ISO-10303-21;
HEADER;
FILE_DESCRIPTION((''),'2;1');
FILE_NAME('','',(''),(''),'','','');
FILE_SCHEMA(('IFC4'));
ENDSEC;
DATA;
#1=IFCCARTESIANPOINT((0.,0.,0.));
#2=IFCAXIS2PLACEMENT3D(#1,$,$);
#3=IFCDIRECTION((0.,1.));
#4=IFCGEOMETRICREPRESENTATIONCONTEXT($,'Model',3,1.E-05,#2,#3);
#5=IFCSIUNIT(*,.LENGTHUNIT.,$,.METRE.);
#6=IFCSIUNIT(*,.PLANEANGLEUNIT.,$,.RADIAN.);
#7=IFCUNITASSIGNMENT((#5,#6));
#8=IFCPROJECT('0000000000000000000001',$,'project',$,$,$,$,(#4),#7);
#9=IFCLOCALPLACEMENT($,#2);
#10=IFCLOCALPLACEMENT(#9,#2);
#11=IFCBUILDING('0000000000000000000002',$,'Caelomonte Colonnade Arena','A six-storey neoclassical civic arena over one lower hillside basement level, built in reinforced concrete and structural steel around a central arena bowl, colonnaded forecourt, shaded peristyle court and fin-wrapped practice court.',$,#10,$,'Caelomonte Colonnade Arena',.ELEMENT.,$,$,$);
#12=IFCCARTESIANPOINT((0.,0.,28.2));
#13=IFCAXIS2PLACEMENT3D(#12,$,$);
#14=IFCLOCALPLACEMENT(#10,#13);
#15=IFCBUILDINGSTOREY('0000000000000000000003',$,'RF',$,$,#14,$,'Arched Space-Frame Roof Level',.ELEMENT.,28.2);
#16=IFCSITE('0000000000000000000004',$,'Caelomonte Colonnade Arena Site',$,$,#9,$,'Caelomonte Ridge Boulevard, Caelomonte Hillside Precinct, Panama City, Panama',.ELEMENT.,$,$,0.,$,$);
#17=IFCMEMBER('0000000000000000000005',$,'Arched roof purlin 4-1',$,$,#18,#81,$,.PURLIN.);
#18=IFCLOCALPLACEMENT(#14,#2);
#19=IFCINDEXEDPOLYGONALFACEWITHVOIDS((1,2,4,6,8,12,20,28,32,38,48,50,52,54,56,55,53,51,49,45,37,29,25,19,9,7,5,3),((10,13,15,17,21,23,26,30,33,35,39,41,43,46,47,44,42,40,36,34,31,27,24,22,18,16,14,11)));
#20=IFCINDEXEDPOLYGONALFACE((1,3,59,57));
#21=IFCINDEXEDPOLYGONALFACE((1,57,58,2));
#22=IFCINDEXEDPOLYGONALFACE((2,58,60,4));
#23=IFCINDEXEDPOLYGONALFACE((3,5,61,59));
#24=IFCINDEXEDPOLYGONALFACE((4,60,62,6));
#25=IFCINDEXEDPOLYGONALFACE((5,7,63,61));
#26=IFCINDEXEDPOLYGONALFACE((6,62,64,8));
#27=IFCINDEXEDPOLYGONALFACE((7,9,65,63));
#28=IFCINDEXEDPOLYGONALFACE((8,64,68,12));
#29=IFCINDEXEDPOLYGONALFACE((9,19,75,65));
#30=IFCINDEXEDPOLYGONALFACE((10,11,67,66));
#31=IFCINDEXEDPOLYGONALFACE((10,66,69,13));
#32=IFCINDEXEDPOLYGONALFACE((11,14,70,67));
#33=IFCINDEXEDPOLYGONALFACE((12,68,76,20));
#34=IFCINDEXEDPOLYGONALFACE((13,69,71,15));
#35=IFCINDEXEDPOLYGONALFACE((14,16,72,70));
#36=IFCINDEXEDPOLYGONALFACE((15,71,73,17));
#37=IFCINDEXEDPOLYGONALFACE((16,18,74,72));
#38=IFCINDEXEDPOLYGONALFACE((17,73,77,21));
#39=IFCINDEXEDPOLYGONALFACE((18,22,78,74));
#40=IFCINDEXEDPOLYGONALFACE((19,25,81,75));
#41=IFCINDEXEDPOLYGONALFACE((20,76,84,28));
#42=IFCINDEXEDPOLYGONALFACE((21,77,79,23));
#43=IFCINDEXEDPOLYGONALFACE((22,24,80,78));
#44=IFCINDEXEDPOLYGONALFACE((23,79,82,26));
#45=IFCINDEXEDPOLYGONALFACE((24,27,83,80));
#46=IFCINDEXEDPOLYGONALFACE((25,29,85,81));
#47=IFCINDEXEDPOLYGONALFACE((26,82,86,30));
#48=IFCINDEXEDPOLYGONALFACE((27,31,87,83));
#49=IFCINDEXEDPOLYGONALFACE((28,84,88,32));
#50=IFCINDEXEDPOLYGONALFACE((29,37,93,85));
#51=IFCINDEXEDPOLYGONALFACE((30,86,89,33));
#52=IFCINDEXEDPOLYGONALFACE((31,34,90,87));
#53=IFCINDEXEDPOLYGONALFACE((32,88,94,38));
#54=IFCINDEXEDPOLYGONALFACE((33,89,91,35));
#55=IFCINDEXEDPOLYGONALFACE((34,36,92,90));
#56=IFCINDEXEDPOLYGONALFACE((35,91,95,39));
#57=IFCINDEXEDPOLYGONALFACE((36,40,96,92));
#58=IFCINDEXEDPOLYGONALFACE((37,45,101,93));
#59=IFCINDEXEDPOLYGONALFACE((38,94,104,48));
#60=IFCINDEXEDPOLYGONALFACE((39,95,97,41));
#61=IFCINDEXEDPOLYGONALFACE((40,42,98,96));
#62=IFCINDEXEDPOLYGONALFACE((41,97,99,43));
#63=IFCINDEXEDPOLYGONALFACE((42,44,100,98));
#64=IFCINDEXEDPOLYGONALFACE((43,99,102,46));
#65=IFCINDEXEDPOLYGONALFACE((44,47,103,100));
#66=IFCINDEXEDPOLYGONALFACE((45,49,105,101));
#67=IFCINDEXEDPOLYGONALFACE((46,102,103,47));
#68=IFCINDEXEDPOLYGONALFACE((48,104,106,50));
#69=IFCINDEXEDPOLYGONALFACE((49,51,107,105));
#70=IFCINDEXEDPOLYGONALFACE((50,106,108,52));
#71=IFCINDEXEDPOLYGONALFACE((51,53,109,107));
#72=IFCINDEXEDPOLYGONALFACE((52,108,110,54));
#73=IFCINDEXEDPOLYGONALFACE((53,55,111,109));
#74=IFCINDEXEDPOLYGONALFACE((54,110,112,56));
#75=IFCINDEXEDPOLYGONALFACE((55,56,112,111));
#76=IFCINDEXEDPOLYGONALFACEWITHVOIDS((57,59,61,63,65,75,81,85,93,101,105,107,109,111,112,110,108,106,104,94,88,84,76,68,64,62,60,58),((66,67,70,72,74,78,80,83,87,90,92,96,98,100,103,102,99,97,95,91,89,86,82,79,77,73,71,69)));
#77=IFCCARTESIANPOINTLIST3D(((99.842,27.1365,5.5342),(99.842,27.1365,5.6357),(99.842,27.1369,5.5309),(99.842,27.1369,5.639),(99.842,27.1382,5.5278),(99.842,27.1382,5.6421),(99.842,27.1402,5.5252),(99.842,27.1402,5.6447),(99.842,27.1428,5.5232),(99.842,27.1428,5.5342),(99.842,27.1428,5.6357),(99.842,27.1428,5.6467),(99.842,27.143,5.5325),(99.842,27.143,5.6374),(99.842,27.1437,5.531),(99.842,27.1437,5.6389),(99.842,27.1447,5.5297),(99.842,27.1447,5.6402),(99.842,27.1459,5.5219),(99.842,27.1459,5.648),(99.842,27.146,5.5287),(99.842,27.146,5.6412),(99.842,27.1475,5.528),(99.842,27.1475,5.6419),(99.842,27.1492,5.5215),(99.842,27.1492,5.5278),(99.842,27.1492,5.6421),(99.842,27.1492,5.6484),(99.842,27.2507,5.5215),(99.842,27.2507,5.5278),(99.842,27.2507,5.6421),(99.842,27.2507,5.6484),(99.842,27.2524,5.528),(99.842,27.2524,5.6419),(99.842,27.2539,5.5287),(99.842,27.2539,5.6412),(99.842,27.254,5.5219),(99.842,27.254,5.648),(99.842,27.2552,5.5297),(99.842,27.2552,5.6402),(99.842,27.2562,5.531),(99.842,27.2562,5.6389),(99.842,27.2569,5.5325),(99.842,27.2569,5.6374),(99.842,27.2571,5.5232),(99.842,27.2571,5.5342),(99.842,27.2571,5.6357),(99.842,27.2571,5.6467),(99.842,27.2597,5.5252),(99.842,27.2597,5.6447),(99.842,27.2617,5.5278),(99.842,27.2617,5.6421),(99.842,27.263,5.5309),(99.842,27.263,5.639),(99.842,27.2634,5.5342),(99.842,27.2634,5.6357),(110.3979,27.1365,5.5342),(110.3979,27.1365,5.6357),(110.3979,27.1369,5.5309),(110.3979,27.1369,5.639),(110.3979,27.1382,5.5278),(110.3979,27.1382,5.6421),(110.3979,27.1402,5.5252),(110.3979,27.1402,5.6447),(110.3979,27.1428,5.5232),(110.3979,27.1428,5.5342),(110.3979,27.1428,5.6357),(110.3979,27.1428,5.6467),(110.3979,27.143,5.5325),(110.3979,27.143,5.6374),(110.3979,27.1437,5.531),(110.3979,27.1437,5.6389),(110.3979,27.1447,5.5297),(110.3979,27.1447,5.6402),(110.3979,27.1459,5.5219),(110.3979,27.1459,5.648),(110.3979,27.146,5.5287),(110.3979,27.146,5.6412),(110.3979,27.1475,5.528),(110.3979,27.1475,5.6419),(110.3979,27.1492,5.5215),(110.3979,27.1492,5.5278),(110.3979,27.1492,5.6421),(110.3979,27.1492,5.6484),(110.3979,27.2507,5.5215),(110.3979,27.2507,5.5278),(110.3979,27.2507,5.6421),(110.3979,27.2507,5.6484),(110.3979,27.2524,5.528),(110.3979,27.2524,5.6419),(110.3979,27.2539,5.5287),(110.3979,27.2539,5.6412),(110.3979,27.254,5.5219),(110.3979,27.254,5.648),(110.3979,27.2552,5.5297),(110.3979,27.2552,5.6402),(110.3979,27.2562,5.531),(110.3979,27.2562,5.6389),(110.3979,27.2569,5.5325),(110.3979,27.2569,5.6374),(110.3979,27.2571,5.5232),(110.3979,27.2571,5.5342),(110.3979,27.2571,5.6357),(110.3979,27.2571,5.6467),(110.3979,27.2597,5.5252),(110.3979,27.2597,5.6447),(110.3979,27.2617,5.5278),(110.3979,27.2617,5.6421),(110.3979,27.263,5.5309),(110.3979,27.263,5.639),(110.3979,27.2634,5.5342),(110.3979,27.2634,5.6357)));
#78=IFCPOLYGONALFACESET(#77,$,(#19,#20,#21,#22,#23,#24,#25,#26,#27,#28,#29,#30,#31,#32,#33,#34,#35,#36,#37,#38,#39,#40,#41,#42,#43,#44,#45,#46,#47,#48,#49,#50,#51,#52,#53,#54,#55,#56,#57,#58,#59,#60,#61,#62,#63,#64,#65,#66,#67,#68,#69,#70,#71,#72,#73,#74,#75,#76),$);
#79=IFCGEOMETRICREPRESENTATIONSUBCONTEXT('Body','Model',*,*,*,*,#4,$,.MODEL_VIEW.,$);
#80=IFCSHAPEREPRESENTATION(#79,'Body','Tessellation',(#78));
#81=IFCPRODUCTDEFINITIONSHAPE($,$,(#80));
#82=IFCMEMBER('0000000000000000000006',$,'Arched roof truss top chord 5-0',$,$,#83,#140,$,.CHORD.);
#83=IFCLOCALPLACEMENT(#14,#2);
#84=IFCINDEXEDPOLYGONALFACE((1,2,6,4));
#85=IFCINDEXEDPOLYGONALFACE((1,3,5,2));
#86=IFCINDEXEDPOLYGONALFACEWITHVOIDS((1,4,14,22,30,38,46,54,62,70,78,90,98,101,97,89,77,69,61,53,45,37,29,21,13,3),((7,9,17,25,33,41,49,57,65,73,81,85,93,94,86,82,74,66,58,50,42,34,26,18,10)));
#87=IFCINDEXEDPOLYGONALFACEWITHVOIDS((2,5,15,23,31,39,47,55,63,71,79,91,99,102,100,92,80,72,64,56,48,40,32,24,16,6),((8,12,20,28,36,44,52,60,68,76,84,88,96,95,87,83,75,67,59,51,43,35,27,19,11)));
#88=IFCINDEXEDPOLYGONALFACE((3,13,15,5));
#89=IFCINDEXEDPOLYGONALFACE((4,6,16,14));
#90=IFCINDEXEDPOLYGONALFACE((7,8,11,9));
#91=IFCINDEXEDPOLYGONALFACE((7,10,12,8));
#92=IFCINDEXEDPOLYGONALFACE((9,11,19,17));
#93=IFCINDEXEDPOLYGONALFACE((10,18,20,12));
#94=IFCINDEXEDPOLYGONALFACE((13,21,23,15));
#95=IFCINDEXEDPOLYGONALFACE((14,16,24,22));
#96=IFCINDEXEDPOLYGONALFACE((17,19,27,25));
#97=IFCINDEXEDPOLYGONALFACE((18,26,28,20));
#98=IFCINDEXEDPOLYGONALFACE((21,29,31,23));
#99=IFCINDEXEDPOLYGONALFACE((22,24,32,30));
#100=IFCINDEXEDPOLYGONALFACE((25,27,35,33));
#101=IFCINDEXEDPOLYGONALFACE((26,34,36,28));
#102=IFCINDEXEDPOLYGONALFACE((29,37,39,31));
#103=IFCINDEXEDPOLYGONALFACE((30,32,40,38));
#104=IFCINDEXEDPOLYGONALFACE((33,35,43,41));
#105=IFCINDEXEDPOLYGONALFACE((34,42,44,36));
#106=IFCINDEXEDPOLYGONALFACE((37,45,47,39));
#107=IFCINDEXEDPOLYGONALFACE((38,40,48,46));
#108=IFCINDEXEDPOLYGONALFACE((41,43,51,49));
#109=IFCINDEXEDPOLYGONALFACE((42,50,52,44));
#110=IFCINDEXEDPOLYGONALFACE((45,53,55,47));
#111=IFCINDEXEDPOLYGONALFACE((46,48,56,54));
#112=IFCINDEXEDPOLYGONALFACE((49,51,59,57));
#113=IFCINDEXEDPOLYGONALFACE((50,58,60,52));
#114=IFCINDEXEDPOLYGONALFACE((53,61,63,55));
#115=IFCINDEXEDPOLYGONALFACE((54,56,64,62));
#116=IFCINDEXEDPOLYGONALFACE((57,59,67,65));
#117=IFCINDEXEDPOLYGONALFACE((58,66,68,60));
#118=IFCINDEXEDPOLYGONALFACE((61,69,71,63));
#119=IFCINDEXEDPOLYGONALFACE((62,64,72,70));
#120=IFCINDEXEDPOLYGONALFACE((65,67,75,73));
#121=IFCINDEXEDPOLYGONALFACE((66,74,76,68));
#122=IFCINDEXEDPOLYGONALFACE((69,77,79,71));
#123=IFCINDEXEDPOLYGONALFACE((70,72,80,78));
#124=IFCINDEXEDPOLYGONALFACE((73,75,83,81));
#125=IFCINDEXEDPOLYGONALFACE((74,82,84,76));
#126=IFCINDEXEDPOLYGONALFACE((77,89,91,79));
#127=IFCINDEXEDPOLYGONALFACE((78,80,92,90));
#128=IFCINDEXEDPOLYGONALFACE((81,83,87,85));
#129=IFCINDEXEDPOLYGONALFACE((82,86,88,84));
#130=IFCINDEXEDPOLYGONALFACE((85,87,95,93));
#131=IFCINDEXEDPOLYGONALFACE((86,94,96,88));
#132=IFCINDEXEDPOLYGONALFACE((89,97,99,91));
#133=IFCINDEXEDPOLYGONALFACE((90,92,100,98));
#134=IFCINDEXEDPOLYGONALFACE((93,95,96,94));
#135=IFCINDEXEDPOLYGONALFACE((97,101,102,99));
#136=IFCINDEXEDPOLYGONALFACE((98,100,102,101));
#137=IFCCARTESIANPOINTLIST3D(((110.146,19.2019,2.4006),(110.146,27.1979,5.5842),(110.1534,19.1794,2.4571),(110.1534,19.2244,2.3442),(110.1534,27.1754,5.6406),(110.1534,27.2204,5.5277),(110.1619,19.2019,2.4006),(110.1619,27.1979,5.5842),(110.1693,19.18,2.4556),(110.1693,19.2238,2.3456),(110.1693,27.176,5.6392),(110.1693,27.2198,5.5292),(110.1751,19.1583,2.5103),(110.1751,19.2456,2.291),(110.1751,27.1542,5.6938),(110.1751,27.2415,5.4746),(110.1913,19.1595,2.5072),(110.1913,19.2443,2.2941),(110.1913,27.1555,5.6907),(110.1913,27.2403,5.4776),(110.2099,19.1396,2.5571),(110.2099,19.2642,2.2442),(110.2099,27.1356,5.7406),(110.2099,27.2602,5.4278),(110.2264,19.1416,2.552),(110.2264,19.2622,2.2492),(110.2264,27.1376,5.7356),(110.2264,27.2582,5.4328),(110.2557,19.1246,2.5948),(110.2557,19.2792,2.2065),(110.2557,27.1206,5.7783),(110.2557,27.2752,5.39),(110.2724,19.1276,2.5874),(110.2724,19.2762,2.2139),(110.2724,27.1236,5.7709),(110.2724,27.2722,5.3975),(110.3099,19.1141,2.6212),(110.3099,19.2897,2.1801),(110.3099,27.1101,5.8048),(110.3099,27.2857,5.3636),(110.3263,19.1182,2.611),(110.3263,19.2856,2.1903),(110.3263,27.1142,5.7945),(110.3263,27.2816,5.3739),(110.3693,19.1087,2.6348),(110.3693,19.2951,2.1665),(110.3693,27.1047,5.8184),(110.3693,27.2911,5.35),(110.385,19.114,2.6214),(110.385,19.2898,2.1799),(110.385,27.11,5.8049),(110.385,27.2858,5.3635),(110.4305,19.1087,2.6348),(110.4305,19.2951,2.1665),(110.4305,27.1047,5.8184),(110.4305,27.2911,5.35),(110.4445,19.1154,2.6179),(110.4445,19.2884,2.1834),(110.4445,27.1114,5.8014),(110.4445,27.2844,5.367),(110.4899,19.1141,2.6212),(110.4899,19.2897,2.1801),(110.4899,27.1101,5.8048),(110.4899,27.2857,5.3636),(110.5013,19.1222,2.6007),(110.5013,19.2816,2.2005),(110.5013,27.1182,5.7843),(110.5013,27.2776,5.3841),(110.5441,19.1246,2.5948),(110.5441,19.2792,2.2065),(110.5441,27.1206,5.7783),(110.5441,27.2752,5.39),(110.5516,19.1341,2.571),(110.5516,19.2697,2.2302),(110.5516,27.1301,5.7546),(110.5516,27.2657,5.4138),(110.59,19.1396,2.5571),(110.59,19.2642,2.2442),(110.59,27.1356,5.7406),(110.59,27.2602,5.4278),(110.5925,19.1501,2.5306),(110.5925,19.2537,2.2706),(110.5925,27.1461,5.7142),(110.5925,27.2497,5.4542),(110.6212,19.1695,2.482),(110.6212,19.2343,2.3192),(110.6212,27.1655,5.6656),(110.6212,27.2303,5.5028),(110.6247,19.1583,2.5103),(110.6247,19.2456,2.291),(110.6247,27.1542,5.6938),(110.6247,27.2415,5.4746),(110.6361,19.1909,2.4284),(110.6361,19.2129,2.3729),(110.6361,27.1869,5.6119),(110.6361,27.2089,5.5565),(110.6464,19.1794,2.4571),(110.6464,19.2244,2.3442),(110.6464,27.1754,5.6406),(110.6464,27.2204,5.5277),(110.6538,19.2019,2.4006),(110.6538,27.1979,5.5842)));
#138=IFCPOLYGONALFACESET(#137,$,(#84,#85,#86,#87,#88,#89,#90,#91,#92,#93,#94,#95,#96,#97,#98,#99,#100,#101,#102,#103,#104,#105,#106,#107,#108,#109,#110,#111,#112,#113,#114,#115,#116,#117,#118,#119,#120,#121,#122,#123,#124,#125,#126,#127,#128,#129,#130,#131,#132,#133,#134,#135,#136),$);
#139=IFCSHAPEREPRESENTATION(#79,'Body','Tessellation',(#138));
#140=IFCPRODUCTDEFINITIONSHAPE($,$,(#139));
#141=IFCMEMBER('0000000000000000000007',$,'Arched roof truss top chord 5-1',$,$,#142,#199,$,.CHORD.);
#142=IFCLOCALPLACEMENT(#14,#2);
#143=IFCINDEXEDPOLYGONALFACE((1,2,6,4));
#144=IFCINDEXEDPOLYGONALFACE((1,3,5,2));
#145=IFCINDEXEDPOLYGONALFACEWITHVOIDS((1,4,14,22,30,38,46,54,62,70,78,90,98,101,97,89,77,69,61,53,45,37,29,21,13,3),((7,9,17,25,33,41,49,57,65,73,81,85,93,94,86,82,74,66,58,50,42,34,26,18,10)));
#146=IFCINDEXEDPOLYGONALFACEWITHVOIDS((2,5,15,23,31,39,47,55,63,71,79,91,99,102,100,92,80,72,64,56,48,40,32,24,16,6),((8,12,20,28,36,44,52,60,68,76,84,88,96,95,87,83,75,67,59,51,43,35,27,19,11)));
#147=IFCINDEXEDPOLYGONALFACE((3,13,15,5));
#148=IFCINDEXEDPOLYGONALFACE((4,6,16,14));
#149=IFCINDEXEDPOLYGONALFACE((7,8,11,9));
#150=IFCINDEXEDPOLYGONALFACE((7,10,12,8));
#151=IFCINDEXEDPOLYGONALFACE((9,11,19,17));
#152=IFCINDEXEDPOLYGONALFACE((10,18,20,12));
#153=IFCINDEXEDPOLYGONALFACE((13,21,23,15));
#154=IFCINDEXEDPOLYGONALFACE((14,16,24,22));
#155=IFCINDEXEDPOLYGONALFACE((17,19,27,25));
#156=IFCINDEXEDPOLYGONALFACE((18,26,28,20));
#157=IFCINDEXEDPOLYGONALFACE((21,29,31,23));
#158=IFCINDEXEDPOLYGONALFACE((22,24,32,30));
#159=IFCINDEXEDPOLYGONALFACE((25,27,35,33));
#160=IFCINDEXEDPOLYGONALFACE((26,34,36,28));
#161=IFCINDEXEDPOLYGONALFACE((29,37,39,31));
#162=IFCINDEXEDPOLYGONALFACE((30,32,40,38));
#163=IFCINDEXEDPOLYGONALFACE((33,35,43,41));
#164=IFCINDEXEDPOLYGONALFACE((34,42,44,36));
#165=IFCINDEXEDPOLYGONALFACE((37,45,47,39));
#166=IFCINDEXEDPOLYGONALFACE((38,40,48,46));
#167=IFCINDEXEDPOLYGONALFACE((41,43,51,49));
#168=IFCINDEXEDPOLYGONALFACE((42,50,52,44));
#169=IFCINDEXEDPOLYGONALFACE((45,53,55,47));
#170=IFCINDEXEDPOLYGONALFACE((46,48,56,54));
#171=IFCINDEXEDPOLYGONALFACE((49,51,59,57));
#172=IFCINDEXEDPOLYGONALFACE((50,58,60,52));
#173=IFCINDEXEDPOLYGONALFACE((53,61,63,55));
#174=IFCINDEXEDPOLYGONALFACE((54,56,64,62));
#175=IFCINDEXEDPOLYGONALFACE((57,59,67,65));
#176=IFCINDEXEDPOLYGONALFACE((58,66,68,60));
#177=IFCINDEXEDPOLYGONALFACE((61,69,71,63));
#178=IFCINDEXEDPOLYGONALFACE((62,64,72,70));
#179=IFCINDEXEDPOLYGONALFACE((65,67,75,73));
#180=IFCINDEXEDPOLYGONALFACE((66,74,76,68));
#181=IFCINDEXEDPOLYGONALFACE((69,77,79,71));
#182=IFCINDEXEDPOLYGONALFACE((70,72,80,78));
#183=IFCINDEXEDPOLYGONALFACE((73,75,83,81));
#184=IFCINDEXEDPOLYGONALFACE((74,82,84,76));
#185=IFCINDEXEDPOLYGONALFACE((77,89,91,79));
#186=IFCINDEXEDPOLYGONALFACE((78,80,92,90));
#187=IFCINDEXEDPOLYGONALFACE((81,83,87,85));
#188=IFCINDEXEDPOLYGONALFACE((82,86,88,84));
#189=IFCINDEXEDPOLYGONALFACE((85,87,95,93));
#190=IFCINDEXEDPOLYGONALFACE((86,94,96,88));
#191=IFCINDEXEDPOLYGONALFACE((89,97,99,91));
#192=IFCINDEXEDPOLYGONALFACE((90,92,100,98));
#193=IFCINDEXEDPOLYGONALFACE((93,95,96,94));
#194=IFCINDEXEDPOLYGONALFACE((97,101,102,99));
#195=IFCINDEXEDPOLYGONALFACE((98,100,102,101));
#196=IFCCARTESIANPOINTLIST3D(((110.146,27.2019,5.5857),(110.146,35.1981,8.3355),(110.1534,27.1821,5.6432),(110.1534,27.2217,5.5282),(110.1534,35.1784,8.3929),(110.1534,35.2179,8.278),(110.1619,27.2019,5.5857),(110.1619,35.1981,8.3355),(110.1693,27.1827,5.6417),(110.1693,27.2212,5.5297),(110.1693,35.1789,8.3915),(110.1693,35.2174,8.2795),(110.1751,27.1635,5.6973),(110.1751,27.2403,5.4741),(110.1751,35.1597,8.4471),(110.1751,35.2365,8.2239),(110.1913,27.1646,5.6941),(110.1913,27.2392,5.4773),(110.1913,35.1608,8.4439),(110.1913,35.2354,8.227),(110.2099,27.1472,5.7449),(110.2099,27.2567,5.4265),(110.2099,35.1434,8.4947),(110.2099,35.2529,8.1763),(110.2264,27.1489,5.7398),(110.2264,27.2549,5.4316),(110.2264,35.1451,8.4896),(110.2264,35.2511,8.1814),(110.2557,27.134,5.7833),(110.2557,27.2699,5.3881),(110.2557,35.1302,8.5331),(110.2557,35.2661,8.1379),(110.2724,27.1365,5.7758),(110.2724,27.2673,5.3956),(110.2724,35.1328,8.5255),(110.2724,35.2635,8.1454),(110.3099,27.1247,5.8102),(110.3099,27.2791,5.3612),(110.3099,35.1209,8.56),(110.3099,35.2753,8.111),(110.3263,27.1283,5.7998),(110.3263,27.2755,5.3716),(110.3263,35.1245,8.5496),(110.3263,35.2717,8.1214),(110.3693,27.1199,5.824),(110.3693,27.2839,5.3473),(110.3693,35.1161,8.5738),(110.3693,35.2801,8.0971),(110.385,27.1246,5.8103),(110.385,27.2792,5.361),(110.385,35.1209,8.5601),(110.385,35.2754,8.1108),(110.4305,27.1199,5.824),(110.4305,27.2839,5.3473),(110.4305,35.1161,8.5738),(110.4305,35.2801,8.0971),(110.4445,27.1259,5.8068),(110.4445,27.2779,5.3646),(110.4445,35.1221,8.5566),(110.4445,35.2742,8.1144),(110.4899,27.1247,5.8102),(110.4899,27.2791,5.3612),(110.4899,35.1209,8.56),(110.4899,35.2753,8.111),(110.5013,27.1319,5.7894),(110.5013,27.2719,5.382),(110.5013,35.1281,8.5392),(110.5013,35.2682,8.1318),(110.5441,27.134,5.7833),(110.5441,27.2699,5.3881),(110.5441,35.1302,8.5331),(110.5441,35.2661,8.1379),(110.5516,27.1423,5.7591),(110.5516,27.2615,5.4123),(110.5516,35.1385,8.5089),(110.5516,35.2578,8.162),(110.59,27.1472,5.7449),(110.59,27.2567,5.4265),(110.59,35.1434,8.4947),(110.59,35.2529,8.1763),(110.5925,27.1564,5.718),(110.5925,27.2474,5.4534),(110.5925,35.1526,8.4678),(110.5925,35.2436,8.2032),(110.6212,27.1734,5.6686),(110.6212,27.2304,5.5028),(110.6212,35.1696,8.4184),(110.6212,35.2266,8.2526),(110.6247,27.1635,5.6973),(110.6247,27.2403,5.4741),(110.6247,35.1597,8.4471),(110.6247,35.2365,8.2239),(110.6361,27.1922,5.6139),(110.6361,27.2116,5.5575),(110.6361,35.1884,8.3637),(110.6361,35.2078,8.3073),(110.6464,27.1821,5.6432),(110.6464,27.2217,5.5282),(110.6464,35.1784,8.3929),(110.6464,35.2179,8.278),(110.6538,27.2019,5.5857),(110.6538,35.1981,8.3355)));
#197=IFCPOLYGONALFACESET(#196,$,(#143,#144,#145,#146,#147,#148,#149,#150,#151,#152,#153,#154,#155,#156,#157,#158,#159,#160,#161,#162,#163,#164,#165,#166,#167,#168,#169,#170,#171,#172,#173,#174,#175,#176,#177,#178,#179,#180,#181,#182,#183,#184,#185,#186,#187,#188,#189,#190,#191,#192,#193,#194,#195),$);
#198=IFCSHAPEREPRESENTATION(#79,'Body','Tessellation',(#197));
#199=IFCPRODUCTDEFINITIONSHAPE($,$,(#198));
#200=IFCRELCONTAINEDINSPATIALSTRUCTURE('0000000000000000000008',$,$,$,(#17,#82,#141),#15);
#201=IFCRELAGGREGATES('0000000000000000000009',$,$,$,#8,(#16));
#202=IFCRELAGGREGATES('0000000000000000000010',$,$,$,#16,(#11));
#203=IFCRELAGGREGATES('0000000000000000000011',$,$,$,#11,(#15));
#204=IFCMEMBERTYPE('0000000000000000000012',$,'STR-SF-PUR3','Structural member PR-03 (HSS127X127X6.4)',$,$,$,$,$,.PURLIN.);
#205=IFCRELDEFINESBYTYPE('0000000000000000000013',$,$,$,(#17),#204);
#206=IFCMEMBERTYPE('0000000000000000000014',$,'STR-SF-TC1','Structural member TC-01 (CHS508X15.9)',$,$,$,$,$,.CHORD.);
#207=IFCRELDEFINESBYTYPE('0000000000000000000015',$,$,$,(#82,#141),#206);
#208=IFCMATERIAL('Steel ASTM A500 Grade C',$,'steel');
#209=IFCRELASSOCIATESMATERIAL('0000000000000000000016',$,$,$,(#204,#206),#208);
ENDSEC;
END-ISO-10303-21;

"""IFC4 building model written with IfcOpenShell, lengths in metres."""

from ifc_helpers import new_model, si_unit, direction, frame, origin, origin_2d, place, context, subcontext, project, spatial, hollow_rectangle, hollow_circle, extrude, material, material_profile, profile_set, type_object, element, save


model = new_model("IFC4")

# Units and contexts
model_context = context("Model", 3, precision=1e-05, world=origin(), true_north=direction((0.0, 1.0)))
body_context = subcontext(model_context, "Body", "Model", "MODEL_VIEW")
ifc_project = project(units=[si_unit("LENGTHUNIT", "METRE"), si_unit("PLANEANGLEUNIT", "RADIAN")], contexts=[model_context])

# Site, building, storey
site_placement = place(None, origin())
site = spatial("IfcSite", under=ifc_project, at=site_placement, Name="Caelomonte Colonnade Arena Site", LongName="Caelomonte Ridge Boulevard, Caelomonte Hillside Precinct, Panama City, Panama", CompositionType="ELEMENT", RefElevation=0.0)
building_placement = place(site_placement, origin())
building = spatial("IfcBuilding", under=site, at=building_placement, Name="Caelomonte Colonnade Arena", Description="A six-storey neoclassical civic arena over one lower hillside basement level, built in reinforced concrete and structural steel around a central arena bowl, colonnaded forecourt, shaded peristyle court and fin-wrapped practice court.", LongName="Caelomonte Colonnade Arena", CompositionType="ELEMENT")
storey_placement = place(building_placement, frame((0.0, 0.0, 28.2)))
storey = spatial("IfcBuildingStorey", under=building, at=storey_placement, Name="RF", LongName="Arched Space-Frame Roof Level", CompositionType="ELEMENT", Elevation=28.2)

# Members
ifc_material_1 = material(Name="Steel ASTM A500 Grade C", Category="steel")
ifc_material_profile_1 = material_profile(ifc_material_1, hollow_rectangle(XDim=0.127, YDim=0.127, WallThickness=0.0063, InnerFilletRadius=0.0063, OuterFilletRadius=0.0127, at=origin_2d()), Name="HSS127X127X6.4")
ifc_profile_set_1 = profile_set([ifc_material_profile_1], Name="Steel ASTM A500 Grade C")
member_type_1 = type_object("IfcMemberType", Name="STR-SF-PUR3", Description="Structural member PR-03 (HSS127X127X6.4)", PredefinedType="PURLIN", material=ifc_profile_set_1)
member_1_placement = place(storey_placement, frame((99.842, 27.2, 5.585), z_axis=(1.0, 0.0, 0.0), x_axis=(0.0, 1.0, 0.0)))
element("IfcMember", 1, at=member_1_placement, inside=storey, type_object=member_type_1, Name="Arched roof purlin 4-1", PredefinedType="PURLIN", context=body_context, shape_type="SweptSolid", body=[
    extrude(hollow_rectangle(XDim=0.127, YDim=0.127, WallThickness=0.0063, InnerFilletRadius=0.0063, OuterFilletRadius=0.0127, at=origin_2d()), origin(), (0.0, 0.0, 1.0), 10.5559),
])
ifc_material_profile_2 = material_profile(ifc_material_1, hollow_circle(Radius=0.2539, WallThickness=0.0159, at=origin_2d()), Name="CHS508X15.9")
ifc_profile_set_2 = profile_set([ifc_material_profile_2], Name="Steel ASTM A500 Grade C")
member_type_2 = type_object("IfcMemberType", Name="STR-SF-TC1", Description="Structural member TC-01 (CHS508X15.9)", PredefinedType="CHORD", material=ifc_profile_set_2)
member_2_placement = place(storey_placement, frame((110.3999, 19.2019, 2.4006), z_axis=(0.0, 0.92907, 0.369903), x_axis=(-1.0, 0.0, 0.0)))
element("IfcMember", 2, at=member_2_placement, inside=storey, type_object=member_type_2, Name="Arched roof truss top chord 5-0", PredefinedType="CHORD", context=body_context, shape_type="SweptSolid", body=[
    extrude(hollow_circle(Radius=0.2539, WallThickness=0.0159, at=origin_2d()), origin(), (0.0, 0.0, 1.0), 8.6064),
])
member_3_placement = place(storey_placement, frame((110.3999, 27.2019, 5.5857), z_axis=(0.0, 0.945647, 0.325196), x_axis=(-1.0, 0.0, 0.0)))
element("IfcMember", 3, at=member_3_placement, inside=storey, type_object=member_type_2, Name="Arched roof truss top chord 5-1", PredefinedType="CHORD", context=body_context, shape_type="SweptSolid", body=[
    extrude(hollow_circle(Radius=0.2539, WallThickness=0.0159, at=origin_2d()), origin(), (0.0, 0.0, 1.0), 8.4558),
])

save(model, "model.ifc")
